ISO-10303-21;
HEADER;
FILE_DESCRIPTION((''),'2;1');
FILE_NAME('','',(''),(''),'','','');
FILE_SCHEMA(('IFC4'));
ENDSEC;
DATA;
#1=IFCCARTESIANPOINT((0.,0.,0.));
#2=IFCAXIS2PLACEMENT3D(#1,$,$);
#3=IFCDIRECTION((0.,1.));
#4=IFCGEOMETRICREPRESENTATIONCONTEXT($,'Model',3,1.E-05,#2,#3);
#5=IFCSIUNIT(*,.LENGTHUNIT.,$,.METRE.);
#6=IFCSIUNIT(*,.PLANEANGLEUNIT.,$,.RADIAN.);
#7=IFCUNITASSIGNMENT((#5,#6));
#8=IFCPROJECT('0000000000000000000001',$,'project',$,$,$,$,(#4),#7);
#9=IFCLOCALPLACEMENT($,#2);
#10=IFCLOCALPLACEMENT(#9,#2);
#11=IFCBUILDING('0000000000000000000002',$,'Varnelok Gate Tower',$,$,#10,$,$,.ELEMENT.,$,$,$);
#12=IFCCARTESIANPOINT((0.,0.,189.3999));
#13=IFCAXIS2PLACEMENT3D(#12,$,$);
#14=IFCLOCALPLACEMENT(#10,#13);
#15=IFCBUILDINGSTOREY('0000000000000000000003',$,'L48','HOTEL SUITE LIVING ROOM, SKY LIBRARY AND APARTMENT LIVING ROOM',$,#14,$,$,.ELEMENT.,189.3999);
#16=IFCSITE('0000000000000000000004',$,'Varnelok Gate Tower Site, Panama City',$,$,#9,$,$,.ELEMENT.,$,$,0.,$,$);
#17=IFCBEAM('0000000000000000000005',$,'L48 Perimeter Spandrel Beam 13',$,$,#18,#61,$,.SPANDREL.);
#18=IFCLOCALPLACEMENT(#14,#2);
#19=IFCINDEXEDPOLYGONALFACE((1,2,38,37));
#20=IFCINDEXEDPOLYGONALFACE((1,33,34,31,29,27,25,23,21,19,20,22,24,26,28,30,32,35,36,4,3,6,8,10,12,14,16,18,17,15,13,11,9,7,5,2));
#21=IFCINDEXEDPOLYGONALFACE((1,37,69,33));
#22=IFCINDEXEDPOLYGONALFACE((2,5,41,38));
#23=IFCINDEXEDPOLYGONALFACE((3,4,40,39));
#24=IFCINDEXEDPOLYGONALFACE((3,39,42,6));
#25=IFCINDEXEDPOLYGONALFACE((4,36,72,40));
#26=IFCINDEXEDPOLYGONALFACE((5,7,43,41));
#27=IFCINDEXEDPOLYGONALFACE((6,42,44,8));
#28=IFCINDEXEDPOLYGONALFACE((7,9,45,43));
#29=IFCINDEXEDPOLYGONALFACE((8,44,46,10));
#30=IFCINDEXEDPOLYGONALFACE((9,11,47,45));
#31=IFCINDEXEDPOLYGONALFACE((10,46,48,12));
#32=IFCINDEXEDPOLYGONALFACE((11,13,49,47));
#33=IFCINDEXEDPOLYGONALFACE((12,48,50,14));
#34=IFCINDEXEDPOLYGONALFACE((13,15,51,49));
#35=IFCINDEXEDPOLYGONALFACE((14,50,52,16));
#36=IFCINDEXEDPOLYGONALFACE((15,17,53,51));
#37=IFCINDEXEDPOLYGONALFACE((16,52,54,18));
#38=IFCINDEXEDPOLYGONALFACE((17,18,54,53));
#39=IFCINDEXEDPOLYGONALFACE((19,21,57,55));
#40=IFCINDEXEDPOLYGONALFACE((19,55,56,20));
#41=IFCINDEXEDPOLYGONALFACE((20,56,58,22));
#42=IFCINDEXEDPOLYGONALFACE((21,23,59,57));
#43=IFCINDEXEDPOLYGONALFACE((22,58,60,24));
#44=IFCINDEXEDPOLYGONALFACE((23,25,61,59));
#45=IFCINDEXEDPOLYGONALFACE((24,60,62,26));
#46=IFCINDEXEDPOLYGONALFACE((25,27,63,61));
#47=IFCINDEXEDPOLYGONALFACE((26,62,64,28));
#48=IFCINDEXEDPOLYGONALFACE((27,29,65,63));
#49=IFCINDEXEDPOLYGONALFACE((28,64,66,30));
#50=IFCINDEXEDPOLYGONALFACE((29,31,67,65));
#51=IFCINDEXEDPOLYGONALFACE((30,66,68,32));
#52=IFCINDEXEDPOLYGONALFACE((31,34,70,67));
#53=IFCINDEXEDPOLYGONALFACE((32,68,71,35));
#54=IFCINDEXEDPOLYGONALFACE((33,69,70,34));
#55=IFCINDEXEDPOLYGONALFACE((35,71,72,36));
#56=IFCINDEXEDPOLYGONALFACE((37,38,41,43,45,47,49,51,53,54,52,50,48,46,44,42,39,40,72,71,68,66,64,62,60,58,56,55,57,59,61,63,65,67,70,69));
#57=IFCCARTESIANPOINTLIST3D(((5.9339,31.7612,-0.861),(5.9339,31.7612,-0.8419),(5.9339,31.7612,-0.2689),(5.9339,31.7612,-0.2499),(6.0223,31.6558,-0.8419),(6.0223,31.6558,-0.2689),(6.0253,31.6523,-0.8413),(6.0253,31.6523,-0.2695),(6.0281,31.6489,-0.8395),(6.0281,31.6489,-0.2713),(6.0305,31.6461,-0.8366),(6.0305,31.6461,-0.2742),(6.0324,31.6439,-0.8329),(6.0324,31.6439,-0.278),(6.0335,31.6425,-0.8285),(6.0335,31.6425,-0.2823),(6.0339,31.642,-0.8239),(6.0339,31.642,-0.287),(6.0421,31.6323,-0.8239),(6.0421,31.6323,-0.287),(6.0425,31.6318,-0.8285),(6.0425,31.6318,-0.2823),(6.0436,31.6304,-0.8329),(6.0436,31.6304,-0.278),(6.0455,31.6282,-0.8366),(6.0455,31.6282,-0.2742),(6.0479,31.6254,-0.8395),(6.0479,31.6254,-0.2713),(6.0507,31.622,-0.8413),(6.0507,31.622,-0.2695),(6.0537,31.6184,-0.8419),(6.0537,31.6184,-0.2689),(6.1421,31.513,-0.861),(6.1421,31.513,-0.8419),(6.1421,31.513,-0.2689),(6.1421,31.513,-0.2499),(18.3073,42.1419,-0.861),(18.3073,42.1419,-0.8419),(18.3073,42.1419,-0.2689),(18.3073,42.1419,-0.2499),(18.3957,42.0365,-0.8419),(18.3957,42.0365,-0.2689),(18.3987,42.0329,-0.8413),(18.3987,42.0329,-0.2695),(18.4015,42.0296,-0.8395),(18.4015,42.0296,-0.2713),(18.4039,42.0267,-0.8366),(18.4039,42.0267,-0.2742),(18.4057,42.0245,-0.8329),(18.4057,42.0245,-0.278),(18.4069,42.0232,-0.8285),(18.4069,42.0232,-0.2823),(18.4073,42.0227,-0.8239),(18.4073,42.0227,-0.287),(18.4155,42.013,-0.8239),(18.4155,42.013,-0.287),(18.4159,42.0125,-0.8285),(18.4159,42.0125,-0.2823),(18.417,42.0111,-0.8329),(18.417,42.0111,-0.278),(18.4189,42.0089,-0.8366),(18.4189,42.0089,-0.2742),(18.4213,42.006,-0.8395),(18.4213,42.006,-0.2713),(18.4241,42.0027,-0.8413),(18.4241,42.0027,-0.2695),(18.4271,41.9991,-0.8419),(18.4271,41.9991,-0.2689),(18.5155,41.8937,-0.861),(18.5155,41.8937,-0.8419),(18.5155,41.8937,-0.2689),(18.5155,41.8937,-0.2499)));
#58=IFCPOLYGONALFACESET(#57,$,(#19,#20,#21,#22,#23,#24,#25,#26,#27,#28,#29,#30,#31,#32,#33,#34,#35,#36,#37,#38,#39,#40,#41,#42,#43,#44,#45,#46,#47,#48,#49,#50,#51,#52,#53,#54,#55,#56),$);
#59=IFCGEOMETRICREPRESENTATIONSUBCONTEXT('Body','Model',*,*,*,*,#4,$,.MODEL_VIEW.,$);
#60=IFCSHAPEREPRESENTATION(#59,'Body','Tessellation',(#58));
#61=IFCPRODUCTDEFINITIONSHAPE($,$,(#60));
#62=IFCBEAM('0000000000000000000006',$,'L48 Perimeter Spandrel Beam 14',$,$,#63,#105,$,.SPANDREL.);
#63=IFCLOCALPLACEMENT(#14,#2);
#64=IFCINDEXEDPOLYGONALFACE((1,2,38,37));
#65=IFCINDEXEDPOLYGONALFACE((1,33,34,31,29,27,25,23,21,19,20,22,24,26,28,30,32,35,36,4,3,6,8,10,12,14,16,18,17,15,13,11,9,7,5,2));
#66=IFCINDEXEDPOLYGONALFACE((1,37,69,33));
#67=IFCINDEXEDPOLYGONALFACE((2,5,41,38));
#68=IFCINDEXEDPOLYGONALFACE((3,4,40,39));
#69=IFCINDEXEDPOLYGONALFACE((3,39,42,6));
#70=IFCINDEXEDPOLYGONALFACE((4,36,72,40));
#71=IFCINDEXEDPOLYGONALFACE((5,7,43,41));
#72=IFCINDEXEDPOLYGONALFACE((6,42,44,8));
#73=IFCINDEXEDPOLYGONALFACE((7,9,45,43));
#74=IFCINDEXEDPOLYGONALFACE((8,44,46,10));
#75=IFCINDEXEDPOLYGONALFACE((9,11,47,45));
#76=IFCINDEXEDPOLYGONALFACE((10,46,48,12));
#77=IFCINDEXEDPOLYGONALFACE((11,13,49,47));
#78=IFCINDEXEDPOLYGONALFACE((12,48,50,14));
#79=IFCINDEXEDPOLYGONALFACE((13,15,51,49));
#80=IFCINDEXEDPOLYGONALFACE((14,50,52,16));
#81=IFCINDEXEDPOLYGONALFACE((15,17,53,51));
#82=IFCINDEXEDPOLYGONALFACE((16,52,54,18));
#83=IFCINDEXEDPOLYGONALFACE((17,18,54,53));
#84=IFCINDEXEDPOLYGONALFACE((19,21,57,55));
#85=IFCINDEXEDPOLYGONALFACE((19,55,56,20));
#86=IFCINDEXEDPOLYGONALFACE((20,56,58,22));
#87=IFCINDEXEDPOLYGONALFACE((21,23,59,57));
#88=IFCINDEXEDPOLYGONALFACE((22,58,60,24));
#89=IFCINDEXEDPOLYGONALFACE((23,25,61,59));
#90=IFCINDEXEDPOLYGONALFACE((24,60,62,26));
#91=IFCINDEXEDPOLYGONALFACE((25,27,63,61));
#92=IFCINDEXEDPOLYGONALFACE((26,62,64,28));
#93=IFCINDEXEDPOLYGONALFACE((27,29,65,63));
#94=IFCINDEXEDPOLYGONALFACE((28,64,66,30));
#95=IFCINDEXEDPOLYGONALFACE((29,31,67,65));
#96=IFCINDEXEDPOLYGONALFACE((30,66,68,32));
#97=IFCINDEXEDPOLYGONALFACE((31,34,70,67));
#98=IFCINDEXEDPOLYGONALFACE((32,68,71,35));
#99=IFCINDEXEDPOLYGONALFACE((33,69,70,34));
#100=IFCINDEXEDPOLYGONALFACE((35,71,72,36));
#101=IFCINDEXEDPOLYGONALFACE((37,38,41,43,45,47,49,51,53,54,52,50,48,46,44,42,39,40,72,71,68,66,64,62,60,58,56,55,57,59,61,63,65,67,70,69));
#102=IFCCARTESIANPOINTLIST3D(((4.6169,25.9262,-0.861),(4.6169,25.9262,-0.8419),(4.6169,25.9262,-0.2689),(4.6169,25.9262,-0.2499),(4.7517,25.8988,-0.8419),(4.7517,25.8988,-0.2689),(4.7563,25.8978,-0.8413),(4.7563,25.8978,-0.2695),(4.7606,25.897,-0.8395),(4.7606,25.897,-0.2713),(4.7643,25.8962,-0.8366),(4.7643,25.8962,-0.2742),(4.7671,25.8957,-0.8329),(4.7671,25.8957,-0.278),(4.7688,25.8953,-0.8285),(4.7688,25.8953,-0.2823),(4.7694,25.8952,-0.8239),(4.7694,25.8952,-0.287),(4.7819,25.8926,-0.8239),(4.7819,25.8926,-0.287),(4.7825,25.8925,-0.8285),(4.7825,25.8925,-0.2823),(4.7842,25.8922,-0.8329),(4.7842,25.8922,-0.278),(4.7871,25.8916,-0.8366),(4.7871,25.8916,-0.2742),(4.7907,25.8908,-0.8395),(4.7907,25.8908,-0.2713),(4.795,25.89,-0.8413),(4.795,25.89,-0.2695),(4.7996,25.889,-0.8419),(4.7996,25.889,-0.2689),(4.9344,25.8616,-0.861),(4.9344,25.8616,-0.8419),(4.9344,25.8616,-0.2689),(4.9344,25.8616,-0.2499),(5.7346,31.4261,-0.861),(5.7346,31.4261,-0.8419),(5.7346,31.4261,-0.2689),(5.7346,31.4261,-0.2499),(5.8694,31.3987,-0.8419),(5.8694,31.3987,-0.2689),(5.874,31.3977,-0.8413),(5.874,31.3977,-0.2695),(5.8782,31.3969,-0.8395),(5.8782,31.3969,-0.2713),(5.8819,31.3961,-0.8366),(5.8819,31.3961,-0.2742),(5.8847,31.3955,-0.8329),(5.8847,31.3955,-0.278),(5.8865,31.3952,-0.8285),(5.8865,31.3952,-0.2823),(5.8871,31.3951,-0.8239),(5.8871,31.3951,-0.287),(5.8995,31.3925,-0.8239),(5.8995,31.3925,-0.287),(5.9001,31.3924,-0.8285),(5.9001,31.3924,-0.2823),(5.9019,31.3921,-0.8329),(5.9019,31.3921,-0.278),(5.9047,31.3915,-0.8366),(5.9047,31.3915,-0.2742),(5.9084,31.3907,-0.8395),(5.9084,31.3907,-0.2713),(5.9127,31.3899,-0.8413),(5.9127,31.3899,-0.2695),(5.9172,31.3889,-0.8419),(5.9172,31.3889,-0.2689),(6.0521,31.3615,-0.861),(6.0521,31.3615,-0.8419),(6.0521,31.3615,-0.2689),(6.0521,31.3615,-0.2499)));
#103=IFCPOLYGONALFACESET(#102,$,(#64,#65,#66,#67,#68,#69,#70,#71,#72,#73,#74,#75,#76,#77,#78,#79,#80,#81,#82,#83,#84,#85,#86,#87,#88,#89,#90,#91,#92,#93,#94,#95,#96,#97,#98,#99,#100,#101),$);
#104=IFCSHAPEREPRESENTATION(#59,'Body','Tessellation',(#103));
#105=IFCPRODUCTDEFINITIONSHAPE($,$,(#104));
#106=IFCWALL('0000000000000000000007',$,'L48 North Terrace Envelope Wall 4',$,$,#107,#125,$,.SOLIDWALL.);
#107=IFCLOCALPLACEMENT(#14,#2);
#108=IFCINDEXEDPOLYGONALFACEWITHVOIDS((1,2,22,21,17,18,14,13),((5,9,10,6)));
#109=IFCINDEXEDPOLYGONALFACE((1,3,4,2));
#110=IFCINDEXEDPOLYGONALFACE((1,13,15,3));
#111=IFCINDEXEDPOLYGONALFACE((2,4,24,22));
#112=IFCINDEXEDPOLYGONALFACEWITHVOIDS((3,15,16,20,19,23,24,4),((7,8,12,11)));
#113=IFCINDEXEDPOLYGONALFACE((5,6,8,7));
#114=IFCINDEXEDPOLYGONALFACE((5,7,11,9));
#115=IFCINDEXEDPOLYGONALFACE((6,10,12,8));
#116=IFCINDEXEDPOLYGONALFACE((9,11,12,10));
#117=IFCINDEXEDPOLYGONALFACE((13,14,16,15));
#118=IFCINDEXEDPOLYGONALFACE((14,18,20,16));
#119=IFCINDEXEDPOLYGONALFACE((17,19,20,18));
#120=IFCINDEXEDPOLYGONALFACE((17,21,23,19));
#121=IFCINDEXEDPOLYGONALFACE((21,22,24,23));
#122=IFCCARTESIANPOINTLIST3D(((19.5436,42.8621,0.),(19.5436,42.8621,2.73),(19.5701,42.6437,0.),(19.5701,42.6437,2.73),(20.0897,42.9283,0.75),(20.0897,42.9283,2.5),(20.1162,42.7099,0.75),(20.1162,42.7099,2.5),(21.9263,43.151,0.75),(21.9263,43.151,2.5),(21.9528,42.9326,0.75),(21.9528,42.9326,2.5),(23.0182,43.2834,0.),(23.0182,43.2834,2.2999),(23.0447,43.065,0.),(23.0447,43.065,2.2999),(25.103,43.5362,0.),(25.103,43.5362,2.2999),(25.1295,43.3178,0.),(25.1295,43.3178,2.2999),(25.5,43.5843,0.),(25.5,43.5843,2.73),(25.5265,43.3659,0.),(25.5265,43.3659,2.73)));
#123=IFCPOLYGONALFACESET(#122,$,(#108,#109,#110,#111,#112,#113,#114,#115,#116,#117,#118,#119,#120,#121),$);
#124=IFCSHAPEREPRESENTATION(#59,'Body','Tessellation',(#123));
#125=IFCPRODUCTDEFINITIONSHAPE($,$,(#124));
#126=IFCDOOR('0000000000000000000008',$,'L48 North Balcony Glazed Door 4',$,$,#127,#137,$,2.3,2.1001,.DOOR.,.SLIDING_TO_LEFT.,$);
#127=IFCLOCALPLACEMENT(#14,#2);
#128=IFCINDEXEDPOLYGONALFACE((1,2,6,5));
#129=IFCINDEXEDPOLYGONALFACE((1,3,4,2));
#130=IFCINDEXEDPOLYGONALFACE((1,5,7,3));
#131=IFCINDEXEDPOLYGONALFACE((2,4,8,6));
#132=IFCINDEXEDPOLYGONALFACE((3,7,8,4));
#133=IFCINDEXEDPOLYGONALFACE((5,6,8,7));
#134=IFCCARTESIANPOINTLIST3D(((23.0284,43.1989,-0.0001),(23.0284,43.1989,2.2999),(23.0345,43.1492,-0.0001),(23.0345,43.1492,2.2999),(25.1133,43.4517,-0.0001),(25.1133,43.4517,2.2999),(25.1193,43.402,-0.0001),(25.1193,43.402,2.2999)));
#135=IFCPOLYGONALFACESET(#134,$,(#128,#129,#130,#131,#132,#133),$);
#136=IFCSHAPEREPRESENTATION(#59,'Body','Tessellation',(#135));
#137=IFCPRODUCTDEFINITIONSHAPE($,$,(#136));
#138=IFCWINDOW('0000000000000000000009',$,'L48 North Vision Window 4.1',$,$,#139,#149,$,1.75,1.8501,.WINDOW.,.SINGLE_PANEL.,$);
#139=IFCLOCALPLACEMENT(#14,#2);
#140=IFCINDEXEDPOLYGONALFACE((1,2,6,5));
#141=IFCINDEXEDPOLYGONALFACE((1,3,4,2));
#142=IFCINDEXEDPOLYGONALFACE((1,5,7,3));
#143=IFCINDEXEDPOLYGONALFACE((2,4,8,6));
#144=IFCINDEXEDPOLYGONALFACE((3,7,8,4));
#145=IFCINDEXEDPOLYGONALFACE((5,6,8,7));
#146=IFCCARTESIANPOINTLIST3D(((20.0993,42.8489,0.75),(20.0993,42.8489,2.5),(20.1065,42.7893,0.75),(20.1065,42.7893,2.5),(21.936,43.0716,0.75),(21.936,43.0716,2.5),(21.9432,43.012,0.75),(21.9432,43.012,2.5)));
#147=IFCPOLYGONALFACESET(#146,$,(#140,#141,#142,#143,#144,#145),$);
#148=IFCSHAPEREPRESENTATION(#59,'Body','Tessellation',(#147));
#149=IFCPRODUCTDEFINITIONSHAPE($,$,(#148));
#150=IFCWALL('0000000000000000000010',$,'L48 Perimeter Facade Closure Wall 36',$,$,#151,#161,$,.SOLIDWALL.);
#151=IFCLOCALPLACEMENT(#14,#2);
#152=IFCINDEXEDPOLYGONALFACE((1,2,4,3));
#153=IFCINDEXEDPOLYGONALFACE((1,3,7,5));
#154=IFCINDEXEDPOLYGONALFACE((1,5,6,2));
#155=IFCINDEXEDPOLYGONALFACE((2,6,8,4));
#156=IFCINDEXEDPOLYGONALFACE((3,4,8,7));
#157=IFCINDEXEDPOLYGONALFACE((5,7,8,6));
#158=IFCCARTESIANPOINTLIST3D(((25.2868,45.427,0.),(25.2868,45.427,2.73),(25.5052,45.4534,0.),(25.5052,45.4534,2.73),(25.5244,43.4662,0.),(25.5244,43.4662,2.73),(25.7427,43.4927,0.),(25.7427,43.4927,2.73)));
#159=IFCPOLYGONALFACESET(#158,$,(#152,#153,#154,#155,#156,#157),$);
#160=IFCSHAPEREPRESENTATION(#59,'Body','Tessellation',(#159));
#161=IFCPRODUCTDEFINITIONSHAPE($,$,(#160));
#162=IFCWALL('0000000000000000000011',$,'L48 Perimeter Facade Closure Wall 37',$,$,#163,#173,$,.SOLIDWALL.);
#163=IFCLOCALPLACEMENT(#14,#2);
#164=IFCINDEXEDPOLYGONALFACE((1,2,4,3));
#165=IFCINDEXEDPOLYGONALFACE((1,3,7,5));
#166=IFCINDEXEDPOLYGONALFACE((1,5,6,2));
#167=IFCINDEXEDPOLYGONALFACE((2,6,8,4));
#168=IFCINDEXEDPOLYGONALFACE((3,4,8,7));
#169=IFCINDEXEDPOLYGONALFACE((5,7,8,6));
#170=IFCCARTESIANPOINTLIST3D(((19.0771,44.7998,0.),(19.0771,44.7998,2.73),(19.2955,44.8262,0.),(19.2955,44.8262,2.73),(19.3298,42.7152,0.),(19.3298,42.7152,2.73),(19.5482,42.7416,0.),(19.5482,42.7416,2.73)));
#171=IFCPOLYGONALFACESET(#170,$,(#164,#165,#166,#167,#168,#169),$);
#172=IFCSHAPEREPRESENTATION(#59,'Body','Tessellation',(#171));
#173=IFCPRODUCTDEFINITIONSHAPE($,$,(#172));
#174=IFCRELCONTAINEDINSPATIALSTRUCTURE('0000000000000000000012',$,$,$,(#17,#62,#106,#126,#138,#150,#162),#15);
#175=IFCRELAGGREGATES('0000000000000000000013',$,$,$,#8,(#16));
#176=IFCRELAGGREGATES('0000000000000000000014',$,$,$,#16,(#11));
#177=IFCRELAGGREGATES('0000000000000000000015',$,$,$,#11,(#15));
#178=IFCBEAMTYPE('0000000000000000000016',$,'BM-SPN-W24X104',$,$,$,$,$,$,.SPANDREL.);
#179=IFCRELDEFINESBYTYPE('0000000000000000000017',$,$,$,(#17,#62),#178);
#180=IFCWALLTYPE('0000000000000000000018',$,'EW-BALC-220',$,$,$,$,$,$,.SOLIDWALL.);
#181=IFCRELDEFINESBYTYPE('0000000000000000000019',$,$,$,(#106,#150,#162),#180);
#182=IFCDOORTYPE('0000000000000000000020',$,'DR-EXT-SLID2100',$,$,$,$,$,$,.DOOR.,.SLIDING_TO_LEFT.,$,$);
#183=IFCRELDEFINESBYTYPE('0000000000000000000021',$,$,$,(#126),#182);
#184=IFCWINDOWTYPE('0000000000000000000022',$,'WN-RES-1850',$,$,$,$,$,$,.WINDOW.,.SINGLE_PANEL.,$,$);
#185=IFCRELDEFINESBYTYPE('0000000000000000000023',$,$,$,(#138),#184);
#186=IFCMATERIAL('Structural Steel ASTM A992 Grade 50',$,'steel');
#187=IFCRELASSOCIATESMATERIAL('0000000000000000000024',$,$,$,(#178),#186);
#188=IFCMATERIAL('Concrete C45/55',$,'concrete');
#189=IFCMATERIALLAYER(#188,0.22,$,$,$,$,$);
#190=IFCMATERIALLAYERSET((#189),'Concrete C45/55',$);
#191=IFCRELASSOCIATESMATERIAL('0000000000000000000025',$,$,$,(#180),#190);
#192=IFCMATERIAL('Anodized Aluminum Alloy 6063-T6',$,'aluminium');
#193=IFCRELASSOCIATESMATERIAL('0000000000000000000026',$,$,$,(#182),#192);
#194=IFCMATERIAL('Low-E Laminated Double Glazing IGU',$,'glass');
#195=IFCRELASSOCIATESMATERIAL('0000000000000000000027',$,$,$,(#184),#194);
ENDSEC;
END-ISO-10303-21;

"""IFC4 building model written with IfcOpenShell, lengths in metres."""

from ifc_helpers import new_model, si_unit, direction, frame, frame_2d, origin, origin_2d, place, context, subcontext, project, spatial, rectangle, i_section, extrude, material, layer, layer_set, material_profile, profile_set, type_object, element, fill, save


model = new_model("IFC4")

# Units and contexts
model_context = context("Model", 3, precision=1e-05, world=origin(), true_north=direction((0.0, 1.0)))
body_context = subcontext(model_context, "Body", "Model", "MODEL_VIEW")
ifc_project = project(units=[si_unit("LENGTHUNIT", "METRE"), si_unit("PLANEANGLEUNIT", "RADIAN")], contexts=[model_context])

# Site, building, storey
site_placement = place(None, origin())
site = spatial("IfcSite", under=ifc_project, at=site_placement, Name="Varnelok Gate Tower Site, Panama City", CompositionType="ELEMENT", RefElevation=0.0)
building_placement = place(site_placement, origin())
building = spatial("IfcBuilding", under=site, at=building_placement, Name="Varnelok Gate Tower", CompositionType="ELEMENT")
storey_placement = place(building_placement, frame((0.0, 0.0, 189.3999)))
storey = spatial("IfcBuildingStorey", under=building, at=storey_placement, Name="L48", Description="HOTEL SUITE LIVING ROOM, SKY LIBRARY AND APARTMENT LIVING ROOM", CompositionType="ELEMENT", Elevation=189.3999)

# Shared definitions
ifc_material_1 = material(Name="Structural Steel ASTM A992 Grade 50", Category="steel")

# Beams
ifc_material_profile_1 = material_profile(ifc_material_1, i_section(OverallWidth=0.324, OverallDepth=0.6111, WebThickness=0.0127, FlangeThickness=0.019, FilletRadius=0.0181, at=origin_2d()), Name="W24X104")
ifc_profile_set_1 = profile_set([ifc_material_profile_1], Name="Structural Steel ASTM A992 Grade 50")
beam_type_1 = type_object("IfcBeamType", Name="BM-SPN-W24X104", PredefinedType="SPANDREL", material=ifc_profile_set_1)
beam_1_placement = place(storey_placement, frame((18.4114, 42.0178, -0.5554), z_axis=(-0.7661, -0.642722, 0.0), x_axis=(0.642722, -0.7661, 0.0)))
element("IfcBeam", 1, at=beam_1_placement, inside=storey, type_object=beam_type_1, Name="L48 Perimeter Spandrel Beam 13", PredefinedType="SPANDREL", context=body_context, shape_type="SweptSolid", body=[
    extrude(i_section(OverallWidth=0.324, OverallDepth=0.6111, WebThickness=0.0127, FlangeThickness=0.019, FilletRadius=0.0181, at=origin_2d()), origin(), (0.0, 0.0, 1.0), 16.1511),
])
beam_2_placement = place(storey_placement, frame((5.8933, 31.3938, -0.5554), z_axis=(-0.199143, -0.97997, 0.0), x_axis=(0.97997, -0.199143, 0.0)))
element("IfcBeam", 2, at=beam_2_placement, inside=storey, type_object=beam_type_1, Name="L48 Perimeter Spandrel Beam 14", PredefinedType="SPANDREL", context=body_context, shape_type="SweptSolid", body=[
    extrude(i_section(OverallWidth=0.324, OverallDepth=0.6111, WebThickness=0.0127, FlangeThickness=0.019, FilletRadius=0.0181, at=origin_2d()), origin(), (0.0, 0.0, 1.0), 5.6123),
])

# Wall, openings, door, window
ifc_material_2 = material(Name="Concrete C45/55", Category="concrete")
ifc_layer_1 = layer(ifc_material_2, 0.22)
ifc_layer_set_1 = layer_set([ifc_layer_1], Name="Concrete C45/55")
wall_type_1 = type_object("IfcWallType", Name="EW-BALC-220", PredefinedType="SOLIDWALL", material=ifc_layer_set_1)
wall_1_placement = place(storey_placement, frame((19.5569, 42.7529, 0.0), z_axis=(0.0, 0.0, 1.0), x_axis=(0.99273, 0.120363, 0.0)))
wall_1 = element("IfcWall", 3, at=wall_1_placement, inside=storey, type_object=wall_type_1, Name="L48 North Terrace Envelope Wall 4", PredefinedType="SOLIDWALL", context=body_context, shape_type="SweptSolid", body=[
    extrude(rectangle(XDim=6.0, YDim=0.22, at=frame_2d((3.0, 0.0))), origin(), (0.0, 0.0, 1.0), 2.73),
])
opening_1_placement = place(wall_1_placement, frame((3.5, 0.0, 0.0)))
opening_1 = element("IfcOpeningElement", 4, at=opening_1_placement, cuts=wall_1, PredefinedType="OPENING", context=body_context, shape_type="SweptSolid", body=[
    extrude(rectangle(XDim=2.1001, YDim=2.3, at=frame_2d((1.05, 1.1499))), frame((0.0, 0.1199, 0.0), z_axis=(0.0, -1.0, 0.0), x_axis=(1.0, 0.0, 0.0)), (0.0, 0.0, 1.0), 0.24),
])
opening_2_placement = place(wall_1_placement, frame((0.55, 0.0, 0.75)))
opening_2 = element("IfcOpeningElement", 5, at=opening_2_placement, cuts=wall_1, PredefinedType="OPENING", context=body_context, shape_type="SweptSolid", body=[
    extrude(rectangle(XDim=1.8501, YDim=1.75, at=frame_2d((0.925, 0.875))), frame((0.0, 0.1199, 0.0), z_axis=(0.0, -1.0, 0.0), x_axis=(1.0, 0.0, 0.0)), (0.0, 0.0, 1.0), 0.24),
])
ifc_material_3 = material(Name="Anodized Aluminum Alloy 6063-T6", Category="aluminium")
door_type_1 = type_object("IfcDoorType", Name="DR-EXT-SLID2100", OperationType="SLIDING_TO_LEFT", PredefinedType="DOOR", material=ifc_material_3)
door_1_placement = place(opening_1_placement, origin())
door_1 = element("IfcDoor", 6, at=door_1_placement, inside=storey, type_object=door_type_1, Name="L48 North Balcony Glazed Door 4", OperationType="SLIDING_TO_LEFT", OverallHeight=2.3, OverallWidth=2.1001, PredefinedType="DOOR", context=body_context, shape_type="SweptSolid", body=[
    extrude(rectangle(XDim=2.1001, YDim=2.3, at=frame_2d((1.05, 1.1499))), frame((0.0, 0.0249, 0.0), z_axis=(0.0, -1.0, 0.0), x_axis=(1.0, 0.0, 0.0)), (0.0, 0.0, 1.0), 0.05),
])
fill(opening_1, door_1)
ifc_material_4 = material(Name="Low-E Laminated Double Glazing IGU", Category="glass")
window_type_1 = type_object("IfcWindowType", Name="WN-RES-1850", PartitioningType="SINGLE_PANEL", PredefinedType="WINDOW", material=ifc_material_4)
window_1_placement = place(opening_2_placement, origin())
window_1 = element("IfcWindow", 7, at=window_1_placement, inside=storey, type_object=window_type_1, Name="L48 North Vision Window 4.1", OverallHeight=1.75, OverallWidth=1.8501, PartitioningType="SINGLE_PANEL", PredefinedType="WINDOW", context=body_context, shape_type="SweptSolid", body=[
    extrude(rectangle(XDim=1.8501, YDim=1.75, at=frame_2d((0.925, 0.875))), frame((0.0, 0.03, 0.0), z_axis=(0.0, -1.0, 0.0), x_axis=(1.0, 0.0, 0.0)), (0.0, 0.0, 1.0), 0.0601),
])
fill(opening_2, window_1)

# Walls
wall_2_placement = place(storey_placement, frame((25.396, 45.4402, 0.0), z_axis=(0.0, 0.0, 1.0), x_axis=(0.120276, -0.99274, 0.0)))
element("IfcWall", 8, at=wall_2_placement, inside=storey, type_object=wall_type_1, Name="L48 Perimeter Facade Closure Wall 36", PredefinedType="SOLIDWALL", context=body_context, shape_type="SweptSolid", body=[
    extrude(rectangle(XDim=1.9751, YDim=0.22, at=frame_2d((0.9875, 0.0))), origin(), (0.0, 0.0, 1.0), 2.73),
])
wall_3_placement = place(storey_placement, frame((19.439, 42.7285, 0.0), z_axis=(0.0, 0.0, 1.0), x_axis=(-0.120328, 0.992734, 0.0)))
element("IfcWall", 9, at=wall_3_placement, inside=storey, type_object=wall_type_1, Name="L48 Perimeter Facade Closure Wall 37", PredefinedType="SOLIDWALL", context=body_context, shape_type="SweptSolid", body=[
    extrude(rectangle(XDim=2.0999, YDim=0.22, at=frame_2d((1.0498, 0.0))), origin(), (0.0, 0.0, 1.0), 2.73),
])

save(model, "model.ifc")
